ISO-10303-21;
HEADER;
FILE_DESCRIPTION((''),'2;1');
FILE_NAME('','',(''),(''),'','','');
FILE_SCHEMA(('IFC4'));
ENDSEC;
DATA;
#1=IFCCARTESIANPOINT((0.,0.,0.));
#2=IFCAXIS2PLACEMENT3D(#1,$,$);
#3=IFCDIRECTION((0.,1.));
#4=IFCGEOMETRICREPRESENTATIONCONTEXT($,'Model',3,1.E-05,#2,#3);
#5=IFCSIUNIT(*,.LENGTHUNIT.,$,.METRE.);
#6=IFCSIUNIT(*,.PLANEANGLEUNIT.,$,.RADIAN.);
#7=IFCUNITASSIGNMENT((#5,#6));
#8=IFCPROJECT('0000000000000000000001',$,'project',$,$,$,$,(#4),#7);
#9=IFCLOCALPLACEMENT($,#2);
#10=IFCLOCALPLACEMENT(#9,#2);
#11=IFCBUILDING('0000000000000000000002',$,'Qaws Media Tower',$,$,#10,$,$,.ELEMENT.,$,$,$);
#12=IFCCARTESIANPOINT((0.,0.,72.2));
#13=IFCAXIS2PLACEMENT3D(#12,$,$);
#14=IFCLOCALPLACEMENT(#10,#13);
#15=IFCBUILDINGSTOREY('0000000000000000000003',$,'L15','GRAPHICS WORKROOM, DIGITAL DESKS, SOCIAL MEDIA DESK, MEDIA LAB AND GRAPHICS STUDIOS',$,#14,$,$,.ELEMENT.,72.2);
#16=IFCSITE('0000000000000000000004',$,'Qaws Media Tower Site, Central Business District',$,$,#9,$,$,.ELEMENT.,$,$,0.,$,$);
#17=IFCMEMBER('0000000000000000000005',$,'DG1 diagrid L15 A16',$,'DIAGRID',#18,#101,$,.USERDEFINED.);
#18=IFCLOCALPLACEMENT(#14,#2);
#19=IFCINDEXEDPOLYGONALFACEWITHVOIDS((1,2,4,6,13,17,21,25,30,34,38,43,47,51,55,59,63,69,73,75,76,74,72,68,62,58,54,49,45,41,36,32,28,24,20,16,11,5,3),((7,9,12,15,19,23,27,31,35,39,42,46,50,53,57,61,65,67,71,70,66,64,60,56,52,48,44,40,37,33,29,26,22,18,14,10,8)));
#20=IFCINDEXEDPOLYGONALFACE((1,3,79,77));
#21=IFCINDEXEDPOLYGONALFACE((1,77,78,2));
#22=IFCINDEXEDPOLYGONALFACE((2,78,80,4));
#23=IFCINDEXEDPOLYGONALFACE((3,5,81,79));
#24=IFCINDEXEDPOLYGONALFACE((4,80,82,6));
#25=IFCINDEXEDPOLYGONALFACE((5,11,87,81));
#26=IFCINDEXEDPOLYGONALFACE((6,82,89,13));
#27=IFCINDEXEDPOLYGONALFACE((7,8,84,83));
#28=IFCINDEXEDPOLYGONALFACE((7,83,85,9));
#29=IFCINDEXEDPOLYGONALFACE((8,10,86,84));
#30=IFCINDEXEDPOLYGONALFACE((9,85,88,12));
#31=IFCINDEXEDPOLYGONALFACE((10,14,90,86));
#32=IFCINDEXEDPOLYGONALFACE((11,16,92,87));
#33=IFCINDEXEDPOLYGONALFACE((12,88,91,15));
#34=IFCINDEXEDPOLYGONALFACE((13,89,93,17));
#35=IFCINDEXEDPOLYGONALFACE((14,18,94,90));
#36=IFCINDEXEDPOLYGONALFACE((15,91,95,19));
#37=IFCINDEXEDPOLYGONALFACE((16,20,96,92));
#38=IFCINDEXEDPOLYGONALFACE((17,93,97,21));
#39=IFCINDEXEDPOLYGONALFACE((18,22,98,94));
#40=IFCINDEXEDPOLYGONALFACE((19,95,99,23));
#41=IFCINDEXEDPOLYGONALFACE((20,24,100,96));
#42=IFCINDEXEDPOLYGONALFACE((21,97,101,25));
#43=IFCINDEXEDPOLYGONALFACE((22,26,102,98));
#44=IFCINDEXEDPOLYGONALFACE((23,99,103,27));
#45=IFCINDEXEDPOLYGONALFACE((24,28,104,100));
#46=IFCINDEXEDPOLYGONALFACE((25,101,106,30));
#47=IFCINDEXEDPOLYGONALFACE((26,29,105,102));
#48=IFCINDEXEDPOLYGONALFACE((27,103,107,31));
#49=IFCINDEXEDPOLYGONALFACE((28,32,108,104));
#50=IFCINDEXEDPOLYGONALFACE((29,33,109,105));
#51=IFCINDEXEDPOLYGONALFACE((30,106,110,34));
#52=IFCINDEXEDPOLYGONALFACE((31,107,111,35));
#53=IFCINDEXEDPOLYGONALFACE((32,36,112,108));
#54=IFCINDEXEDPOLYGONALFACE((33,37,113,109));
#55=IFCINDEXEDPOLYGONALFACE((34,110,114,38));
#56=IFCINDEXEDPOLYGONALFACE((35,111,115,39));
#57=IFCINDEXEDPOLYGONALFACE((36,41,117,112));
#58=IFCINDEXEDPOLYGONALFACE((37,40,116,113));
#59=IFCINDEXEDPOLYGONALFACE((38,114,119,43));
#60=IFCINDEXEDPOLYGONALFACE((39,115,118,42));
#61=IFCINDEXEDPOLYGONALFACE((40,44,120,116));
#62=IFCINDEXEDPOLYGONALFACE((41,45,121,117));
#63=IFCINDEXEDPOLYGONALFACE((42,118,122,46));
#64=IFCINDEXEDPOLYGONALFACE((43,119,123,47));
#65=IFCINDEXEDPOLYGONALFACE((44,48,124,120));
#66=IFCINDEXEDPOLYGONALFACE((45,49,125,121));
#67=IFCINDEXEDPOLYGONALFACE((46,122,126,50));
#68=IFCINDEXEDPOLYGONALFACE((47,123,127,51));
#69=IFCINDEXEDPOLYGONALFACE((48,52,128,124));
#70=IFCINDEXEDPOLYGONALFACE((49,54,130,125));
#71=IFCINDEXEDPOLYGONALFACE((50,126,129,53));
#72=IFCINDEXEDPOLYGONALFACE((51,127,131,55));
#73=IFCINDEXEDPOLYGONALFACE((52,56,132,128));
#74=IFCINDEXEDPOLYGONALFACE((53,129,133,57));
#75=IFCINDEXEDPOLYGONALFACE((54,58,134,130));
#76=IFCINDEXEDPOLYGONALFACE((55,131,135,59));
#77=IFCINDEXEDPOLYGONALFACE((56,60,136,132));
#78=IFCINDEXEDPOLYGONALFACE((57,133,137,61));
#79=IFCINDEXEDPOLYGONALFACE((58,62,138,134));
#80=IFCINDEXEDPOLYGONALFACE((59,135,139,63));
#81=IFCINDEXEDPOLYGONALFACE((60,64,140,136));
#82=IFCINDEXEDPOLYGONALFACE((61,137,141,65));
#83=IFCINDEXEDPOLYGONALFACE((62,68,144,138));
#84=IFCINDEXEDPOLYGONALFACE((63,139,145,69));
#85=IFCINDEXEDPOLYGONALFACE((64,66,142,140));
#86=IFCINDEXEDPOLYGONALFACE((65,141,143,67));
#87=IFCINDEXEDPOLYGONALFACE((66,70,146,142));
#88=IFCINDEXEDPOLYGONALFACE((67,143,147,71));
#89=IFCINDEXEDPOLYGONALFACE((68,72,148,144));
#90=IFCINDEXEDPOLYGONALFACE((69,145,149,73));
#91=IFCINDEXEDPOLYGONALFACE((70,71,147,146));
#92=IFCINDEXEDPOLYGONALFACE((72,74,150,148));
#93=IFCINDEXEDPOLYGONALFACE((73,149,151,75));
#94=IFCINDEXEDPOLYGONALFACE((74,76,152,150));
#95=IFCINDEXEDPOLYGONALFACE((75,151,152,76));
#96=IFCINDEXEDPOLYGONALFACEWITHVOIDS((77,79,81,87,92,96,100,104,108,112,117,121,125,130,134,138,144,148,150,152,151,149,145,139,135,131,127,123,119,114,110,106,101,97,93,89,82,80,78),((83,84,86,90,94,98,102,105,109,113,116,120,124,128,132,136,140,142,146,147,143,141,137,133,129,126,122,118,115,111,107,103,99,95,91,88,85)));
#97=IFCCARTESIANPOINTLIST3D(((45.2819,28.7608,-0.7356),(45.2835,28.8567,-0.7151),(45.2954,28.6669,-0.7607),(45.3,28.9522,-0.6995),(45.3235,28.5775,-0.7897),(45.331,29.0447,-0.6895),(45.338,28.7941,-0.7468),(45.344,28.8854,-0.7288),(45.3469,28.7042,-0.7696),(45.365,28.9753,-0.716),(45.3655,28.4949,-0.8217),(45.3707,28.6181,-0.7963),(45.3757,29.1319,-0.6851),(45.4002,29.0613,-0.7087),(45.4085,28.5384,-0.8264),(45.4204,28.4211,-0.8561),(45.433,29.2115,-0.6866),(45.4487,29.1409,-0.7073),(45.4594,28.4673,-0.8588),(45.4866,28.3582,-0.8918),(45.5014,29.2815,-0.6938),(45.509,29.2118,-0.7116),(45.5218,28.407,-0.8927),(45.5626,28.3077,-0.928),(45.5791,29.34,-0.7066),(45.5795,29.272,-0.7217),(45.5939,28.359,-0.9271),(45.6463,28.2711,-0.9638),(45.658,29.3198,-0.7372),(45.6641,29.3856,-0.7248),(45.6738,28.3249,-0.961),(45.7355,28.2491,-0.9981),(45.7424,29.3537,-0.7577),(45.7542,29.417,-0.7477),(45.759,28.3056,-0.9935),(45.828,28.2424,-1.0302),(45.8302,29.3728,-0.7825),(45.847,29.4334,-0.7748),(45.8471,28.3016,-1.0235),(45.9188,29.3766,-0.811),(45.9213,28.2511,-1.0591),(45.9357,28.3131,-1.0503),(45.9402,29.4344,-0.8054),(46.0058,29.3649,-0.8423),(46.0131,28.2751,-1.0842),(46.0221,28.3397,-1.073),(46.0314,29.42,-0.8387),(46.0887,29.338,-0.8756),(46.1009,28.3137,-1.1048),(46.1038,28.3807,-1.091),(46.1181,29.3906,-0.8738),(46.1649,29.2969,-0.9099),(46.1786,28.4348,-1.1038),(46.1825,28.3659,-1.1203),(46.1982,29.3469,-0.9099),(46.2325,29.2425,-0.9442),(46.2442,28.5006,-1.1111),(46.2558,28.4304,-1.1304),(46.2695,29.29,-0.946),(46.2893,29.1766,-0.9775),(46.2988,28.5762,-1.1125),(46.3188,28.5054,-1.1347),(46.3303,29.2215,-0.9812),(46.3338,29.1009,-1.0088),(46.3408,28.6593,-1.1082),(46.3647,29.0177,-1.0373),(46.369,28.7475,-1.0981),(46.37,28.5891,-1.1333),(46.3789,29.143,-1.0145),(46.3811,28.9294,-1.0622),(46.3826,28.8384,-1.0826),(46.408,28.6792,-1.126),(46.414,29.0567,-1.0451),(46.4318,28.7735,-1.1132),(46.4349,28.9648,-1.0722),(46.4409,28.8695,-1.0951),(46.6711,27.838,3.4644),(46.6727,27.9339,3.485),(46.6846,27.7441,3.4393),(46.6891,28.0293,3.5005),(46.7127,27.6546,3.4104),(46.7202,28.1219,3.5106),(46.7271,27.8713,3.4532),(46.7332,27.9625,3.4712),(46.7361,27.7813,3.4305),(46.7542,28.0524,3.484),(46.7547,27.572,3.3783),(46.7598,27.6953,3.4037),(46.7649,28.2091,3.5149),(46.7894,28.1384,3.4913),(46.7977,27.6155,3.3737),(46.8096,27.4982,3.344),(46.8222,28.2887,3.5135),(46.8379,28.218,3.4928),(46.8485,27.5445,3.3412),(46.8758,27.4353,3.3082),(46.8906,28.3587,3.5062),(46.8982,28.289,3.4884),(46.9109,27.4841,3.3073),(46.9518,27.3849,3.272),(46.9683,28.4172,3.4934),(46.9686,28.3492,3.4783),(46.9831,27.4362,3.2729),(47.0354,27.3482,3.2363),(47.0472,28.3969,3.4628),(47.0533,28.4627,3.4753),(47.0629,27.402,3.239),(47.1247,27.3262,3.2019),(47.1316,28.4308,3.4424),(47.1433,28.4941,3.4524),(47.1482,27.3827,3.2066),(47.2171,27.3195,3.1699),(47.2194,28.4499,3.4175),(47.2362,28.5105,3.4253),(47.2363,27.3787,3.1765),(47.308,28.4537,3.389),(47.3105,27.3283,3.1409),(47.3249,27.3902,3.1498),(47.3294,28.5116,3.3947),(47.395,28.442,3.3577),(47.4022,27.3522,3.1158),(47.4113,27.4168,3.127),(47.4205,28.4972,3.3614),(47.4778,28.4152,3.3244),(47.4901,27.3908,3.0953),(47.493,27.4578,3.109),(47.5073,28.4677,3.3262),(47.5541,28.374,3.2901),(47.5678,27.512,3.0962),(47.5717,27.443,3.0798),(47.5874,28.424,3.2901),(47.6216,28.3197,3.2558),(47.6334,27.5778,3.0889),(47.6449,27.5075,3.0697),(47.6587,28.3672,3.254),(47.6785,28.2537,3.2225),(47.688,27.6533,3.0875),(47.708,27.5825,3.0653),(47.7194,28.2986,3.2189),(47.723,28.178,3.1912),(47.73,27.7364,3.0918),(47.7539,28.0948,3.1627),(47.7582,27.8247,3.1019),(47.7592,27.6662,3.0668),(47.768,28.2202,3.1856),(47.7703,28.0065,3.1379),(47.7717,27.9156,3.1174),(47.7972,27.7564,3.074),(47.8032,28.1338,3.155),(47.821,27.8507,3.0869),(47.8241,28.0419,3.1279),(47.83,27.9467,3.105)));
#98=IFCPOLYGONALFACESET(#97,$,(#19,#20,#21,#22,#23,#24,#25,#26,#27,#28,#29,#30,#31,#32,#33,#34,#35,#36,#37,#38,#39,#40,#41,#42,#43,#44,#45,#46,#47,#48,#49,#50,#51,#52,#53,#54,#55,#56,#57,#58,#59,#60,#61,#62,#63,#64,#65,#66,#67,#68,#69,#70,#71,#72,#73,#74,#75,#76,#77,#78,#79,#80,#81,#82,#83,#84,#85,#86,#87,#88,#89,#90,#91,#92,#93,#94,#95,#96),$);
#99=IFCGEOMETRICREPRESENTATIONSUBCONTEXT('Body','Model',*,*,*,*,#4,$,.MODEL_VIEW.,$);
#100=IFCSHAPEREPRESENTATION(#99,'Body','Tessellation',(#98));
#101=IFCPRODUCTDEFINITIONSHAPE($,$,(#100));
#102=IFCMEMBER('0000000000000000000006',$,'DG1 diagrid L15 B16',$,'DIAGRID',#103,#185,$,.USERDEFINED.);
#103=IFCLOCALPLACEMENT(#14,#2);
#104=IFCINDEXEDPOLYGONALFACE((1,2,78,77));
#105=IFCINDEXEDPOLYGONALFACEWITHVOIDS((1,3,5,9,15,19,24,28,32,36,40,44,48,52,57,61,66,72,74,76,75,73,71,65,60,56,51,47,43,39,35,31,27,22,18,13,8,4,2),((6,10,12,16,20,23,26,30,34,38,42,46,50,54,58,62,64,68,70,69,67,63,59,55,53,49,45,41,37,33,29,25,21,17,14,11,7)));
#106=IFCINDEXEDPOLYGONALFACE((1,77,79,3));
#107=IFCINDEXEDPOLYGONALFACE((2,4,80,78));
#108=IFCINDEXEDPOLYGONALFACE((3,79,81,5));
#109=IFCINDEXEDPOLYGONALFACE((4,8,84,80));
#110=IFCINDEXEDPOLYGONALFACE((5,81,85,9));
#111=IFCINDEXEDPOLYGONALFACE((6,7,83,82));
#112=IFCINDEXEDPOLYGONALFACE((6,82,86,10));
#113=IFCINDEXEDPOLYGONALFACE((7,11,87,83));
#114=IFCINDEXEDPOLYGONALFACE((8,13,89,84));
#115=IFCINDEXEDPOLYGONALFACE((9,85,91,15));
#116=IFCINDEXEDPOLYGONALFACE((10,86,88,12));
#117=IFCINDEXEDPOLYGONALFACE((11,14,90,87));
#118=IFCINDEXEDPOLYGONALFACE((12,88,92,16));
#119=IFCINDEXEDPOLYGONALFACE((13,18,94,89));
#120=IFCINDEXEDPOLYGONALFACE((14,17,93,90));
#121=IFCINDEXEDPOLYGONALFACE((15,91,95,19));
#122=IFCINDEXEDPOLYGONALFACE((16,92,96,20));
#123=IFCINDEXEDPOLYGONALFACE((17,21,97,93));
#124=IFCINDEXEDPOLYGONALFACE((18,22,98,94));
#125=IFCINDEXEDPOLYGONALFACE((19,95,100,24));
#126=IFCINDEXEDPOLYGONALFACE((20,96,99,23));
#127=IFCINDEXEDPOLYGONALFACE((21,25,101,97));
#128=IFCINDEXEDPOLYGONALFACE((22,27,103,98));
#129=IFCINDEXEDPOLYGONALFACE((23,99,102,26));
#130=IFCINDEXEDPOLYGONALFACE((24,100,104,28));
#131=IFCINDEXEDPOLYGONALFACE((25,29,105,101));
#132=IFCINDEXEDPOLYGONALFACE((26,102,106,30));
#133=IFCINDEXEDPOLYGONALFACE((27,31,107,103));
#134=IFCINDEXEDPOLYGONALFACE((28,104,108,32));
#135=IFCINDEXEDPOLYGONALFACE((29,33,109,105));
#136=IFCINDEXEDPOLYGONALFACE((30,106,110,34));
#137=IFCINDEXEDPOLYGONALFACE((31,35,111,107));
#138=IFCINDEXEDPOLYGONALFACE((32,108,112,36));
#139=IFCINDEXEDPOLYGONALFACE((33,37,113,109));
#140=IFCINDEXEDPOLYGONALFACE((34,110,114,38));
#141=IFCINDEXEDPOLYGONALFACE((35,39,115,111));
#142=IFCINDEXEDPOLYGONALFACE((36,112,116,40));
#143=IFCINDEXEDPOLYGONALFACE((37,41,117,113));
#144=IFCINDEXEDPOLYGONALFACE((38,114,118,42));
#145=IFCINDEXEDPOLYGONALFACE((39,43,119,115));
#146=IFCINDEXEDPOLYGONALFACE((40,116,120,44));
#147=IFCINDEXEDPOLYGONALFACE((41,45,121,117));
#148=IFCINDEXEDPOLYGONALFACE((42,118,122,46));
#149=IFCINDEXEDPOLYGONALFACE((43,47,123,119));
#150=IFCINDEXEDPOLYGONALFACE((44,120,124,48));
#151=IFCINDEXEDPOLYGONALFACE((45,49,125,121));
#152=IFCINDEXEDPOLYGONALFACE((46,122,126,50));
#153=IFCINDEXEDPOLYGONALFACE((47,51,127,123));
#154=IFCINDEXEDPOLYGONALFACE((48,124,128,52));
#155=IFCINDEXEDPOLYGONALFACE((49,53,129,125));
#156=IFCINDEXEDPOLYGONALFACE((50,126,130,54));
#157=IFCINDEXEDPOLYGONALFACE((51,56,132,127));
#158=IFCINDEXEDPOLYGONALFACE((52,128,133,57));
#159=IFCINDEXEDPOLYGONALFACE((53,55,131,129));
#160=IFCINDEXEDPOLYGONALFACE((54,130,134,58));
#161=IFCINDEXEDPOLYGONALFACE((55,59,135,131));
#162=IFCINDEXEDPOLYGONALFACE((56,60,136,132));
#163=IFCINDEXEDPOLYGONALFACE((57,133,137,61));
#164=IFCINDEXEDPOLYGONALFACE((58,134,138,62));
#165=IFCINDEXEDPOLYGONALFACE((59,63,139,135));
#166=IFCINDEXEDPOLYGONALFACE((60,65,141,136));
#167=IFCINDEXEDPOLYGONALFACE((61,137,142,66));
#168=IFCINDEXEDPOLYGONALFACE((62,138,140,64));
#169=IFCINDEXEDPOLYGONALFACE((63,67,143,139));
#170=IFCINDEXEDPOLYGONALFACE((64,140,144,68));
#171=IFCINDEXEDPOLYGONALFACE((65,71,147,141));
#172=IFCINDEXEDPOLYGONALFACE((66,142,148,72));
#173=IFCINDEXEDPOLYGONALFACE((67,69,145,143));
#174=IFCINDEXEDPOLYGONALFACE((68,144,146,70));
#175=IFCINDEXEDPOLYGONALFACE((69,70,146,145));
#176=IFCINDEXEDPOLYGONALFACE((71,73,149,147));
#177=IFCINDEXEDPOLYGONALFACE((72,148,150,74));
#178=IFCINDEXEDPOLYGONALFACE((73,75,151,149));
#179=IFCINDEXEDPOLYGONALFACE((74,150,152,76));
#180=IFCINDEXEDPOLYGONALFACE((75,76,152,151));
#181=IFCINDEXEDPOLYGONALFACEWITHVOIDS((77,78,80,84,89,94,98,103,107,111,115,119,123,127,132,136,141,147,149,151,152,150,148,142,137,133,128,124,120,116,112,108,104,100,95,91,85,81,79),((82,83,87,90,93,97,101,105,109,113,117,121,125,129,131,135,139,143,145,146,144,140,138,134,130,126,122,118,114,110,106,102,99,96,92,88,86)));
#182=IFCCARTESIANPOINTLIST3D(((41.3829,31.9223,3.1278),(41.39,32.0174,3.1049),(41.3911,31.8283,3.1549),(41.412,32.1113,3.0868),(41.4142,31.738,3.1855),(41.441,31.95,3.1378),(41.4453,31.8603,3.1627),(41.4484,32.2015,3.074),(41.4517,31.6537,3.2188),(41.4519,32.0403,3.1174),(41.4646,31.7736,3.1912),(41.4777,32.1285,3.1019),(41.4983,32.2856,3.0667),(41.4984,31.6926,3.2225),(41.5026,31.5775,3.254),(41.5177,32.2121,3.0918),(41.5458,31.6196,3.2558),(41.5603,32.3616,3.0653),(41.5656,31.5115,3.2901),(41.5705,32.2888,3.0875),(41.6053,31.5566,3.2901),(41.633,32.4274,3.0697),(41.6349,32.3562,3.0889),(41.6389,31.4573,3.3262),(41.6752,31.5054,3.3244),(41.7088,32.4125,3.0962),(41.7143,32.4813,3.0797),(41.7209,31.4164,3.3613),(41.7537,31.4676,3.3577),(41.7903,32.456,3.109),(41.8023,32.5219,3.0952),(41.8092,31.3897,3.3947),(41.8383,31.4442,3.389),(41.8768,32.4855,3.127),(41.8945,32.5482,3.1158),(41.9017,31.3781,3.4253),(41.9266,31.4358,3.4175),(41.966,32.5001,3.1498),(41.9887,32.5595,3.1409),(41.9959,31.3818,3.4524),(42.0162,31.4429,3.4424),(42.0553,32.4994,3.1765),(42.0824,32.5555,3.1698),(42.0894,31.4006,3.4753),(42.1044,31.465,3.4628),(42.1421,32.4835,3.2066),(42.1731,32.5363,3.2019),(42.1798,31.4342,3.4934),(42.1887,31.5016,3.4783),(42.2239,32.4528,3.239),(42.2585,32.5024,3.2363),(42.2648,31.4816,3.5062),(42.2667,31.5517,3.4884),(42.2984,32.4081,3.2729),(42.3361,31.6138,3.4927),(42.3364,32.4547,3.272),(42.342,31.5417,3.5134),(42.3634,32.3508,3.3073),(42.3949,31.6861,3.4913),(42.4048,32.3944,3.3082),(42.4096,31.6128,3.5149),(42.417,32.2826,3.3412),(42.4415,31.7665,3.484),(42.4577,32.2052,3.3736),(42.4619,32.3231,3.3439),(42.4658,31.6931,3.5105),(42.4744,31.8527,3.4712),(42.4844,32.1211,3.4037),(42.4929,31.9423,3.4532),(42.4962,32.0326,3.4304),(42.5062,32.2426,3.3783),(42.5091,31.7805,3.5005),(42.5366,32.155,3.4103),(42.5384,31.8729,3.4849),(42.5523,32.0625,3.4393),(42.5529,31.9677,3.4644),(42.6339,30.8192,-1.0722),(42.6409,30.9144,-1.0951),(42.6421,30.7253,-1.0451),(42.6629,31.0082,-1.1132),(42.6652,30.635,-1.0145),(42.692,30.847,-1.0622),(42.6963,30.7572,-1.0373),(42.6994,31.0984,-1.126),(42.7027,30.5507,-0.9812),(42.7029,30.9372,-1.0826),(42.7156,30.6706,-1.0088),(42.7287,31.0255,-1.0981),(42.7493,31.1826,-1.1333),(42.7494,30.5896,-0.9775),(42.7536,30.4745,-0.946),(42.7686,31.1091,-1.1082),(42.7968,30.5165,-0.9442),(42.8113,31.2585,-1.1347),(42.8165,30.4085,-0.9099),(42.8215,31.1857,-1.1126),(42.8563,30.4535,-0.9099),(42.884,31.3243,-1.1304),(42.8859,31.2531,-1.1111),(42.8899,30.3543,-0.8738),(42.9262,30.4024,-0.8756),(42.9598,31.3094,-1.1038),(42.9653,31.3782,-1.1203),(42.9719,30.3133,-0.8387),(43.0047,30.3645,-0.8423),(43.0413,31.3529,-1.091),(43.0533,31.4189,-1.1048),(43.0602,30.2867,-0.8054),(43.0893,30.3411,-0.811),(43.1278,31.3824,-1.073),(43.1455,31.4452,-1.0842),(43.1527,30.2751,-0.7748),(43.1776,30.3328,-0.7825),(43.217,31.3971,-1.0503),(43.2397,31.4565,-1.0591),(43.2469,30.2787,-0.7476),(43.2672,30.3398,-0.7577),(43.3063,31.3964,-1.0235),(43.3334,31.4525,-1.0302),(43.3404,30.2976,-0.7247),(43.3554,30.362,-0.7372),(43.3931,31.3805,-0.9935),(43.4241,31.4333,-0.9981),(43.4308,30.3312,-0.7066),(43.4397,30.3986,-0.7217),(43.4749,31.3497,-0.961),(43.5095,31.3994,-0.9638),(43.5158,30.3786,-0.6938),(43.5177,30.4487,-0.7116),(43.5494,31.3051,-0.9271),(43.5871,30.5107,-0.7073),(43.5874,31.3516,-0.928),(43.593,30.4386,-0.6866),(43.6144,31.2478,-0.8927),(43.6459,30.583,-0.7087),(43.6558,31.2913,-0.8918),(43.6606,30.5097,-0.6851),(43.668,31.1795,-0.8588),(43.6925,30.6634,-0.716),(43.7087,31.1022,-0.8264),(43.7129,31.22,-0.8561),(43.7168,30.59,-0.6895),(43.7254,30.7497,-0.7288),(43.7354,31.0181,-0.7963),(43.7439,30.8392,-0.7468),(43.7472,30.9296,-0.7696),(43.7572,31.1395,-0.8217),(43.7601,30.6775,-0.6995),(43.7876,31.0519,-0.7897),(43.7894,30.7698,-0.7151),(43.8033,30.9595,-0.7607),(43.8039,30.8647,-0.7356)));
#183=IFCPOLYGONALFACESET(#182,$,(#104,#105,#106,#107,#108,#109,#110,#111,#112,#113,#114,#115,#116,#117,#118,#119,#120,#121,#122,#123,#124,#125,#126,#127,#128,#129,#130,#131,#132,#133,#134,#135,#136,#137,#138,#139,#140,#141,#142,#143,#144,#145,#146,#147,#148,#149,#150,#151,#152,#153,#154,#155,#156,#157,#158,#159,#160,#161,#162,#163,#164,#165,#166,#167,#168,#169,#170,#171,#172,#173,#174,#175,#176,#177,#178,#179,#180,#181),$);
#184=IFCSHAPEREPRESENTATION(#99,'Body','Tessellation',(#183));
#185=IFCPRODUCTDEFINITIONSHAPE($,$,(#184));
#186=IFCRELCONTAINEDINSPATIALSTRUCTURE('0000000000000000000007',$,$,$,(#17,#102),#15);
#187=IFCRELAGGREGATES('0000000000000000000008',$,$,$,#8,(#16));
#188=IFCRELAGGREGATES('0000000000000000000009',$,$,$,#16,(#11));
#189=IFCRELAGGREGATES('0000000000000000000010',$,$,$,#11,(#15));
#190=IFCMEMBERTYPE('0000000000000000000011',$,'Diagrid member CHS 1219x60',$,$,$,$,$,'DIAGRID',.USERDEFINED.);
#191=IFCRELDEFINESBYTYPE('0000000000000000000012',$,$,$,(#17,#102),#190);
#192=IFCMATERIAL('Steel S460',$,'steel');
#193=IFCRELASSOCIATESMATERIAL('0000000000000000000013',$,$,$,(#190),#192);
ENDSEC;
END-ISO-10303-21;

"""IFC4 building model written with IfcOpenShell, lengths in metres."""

from ifc_helpers import new_model, si_unit, direction, frame, origin, origin_2d, place, context, subcontext, project, spatial, hollow_circle, extrude, material, material_profile, profile_set, type_object, element, save


model = new_model("IFC4")

# Units and contexts
model_context = context("Model", 3, precision=1e-05, world=origin(), true_north=direction((0.0, 1.0)))
body_context = subcontext(model_context, "Body", "Model", "MODEL_VIEW")
ifc_project = project(units=[si_unit("LENGTHUNIT", "METRE"), si_unit("PLANEANGLEUNIT", "RADIAN")], contexts=[model_context])

# Site, building, storey
site_placement = place(None, origin())
site = spatial("IfcSite", under=ifc_project, at=site_placement, Name="Qaws Media Tower Site, Central Business District", CompositionType="ELEMENT", RefElevation=0.0)
building_placement = place(site_placement, origin())
building = spatial("IfcBuilding", under=site, at=building_placement, Name="Qaws Media Tower", CompositionType="ELEMENT")
storey_placement = place(building_placement, frame((0.0, 0.0, 72.2)))
storey = spatial("IfcBuildingStorey", under=building, at=storey_placement, Name="L15", Description="GRAPHICS WORKROOM, DIGITAL DESKS, SOCIAL MEDIA DESK, MEDIA LAB AND GRAPHICS STUDIOS", CompositionType="ELEMENT", Elevation=72.2)

# Members
ifc_material_1 = material(Name="Steel S460", Category="steel")
ifc_material_profile_1 = material_profile(ifc_material_1, hollow_circle(Radius=0.6096, WallThickness=0.0601, at=origin_2d()), Name="CHS 1219x60")
ifc_profile_set_1 = profile_set([ifc_material_profile_1], Name="Steel S460")
member_type_1 = type_object("IfcMemberType", Name="Diagrid member CHS 1219x60", ElementType="DIAGRID", PredefinedType="USERDEFINED", material=ifc_profile_set_1)
for number, where, z_axis, x_axis, name in (
    (1, (45.8608, 28.8391, -0.9099), (0.307407, -0.204218, 0.929406), (0.553348, 0.83295, 0.0), "DG1 diagrid L15 A16"),
    (2, (43.2197, 30.8657, -0.9099), (-0.276827, 0.244088, 0.929402), (-0.66136, -0.750068, 0.0), "DG1 diagrid L15 B16"),
):
    element("IfcMember", number, at=place(storey_placement, frame(where, z_axis=z_axis, x_axis=x_axis)), inside=storey, type_object=member_type_1, Name=name, ObjectType="DIAGRID", PredefinedType="USERDEFINED", context=body_context, shape_type="SweptSolid", body=[
        extrude(hollow_circle(Radius=0.6096, WallThickness=0.0601, at=origin_2d()), origin(), (0.0, 0.0, 1.0), 4.519),
    ])

save(model, "model.ifc")
